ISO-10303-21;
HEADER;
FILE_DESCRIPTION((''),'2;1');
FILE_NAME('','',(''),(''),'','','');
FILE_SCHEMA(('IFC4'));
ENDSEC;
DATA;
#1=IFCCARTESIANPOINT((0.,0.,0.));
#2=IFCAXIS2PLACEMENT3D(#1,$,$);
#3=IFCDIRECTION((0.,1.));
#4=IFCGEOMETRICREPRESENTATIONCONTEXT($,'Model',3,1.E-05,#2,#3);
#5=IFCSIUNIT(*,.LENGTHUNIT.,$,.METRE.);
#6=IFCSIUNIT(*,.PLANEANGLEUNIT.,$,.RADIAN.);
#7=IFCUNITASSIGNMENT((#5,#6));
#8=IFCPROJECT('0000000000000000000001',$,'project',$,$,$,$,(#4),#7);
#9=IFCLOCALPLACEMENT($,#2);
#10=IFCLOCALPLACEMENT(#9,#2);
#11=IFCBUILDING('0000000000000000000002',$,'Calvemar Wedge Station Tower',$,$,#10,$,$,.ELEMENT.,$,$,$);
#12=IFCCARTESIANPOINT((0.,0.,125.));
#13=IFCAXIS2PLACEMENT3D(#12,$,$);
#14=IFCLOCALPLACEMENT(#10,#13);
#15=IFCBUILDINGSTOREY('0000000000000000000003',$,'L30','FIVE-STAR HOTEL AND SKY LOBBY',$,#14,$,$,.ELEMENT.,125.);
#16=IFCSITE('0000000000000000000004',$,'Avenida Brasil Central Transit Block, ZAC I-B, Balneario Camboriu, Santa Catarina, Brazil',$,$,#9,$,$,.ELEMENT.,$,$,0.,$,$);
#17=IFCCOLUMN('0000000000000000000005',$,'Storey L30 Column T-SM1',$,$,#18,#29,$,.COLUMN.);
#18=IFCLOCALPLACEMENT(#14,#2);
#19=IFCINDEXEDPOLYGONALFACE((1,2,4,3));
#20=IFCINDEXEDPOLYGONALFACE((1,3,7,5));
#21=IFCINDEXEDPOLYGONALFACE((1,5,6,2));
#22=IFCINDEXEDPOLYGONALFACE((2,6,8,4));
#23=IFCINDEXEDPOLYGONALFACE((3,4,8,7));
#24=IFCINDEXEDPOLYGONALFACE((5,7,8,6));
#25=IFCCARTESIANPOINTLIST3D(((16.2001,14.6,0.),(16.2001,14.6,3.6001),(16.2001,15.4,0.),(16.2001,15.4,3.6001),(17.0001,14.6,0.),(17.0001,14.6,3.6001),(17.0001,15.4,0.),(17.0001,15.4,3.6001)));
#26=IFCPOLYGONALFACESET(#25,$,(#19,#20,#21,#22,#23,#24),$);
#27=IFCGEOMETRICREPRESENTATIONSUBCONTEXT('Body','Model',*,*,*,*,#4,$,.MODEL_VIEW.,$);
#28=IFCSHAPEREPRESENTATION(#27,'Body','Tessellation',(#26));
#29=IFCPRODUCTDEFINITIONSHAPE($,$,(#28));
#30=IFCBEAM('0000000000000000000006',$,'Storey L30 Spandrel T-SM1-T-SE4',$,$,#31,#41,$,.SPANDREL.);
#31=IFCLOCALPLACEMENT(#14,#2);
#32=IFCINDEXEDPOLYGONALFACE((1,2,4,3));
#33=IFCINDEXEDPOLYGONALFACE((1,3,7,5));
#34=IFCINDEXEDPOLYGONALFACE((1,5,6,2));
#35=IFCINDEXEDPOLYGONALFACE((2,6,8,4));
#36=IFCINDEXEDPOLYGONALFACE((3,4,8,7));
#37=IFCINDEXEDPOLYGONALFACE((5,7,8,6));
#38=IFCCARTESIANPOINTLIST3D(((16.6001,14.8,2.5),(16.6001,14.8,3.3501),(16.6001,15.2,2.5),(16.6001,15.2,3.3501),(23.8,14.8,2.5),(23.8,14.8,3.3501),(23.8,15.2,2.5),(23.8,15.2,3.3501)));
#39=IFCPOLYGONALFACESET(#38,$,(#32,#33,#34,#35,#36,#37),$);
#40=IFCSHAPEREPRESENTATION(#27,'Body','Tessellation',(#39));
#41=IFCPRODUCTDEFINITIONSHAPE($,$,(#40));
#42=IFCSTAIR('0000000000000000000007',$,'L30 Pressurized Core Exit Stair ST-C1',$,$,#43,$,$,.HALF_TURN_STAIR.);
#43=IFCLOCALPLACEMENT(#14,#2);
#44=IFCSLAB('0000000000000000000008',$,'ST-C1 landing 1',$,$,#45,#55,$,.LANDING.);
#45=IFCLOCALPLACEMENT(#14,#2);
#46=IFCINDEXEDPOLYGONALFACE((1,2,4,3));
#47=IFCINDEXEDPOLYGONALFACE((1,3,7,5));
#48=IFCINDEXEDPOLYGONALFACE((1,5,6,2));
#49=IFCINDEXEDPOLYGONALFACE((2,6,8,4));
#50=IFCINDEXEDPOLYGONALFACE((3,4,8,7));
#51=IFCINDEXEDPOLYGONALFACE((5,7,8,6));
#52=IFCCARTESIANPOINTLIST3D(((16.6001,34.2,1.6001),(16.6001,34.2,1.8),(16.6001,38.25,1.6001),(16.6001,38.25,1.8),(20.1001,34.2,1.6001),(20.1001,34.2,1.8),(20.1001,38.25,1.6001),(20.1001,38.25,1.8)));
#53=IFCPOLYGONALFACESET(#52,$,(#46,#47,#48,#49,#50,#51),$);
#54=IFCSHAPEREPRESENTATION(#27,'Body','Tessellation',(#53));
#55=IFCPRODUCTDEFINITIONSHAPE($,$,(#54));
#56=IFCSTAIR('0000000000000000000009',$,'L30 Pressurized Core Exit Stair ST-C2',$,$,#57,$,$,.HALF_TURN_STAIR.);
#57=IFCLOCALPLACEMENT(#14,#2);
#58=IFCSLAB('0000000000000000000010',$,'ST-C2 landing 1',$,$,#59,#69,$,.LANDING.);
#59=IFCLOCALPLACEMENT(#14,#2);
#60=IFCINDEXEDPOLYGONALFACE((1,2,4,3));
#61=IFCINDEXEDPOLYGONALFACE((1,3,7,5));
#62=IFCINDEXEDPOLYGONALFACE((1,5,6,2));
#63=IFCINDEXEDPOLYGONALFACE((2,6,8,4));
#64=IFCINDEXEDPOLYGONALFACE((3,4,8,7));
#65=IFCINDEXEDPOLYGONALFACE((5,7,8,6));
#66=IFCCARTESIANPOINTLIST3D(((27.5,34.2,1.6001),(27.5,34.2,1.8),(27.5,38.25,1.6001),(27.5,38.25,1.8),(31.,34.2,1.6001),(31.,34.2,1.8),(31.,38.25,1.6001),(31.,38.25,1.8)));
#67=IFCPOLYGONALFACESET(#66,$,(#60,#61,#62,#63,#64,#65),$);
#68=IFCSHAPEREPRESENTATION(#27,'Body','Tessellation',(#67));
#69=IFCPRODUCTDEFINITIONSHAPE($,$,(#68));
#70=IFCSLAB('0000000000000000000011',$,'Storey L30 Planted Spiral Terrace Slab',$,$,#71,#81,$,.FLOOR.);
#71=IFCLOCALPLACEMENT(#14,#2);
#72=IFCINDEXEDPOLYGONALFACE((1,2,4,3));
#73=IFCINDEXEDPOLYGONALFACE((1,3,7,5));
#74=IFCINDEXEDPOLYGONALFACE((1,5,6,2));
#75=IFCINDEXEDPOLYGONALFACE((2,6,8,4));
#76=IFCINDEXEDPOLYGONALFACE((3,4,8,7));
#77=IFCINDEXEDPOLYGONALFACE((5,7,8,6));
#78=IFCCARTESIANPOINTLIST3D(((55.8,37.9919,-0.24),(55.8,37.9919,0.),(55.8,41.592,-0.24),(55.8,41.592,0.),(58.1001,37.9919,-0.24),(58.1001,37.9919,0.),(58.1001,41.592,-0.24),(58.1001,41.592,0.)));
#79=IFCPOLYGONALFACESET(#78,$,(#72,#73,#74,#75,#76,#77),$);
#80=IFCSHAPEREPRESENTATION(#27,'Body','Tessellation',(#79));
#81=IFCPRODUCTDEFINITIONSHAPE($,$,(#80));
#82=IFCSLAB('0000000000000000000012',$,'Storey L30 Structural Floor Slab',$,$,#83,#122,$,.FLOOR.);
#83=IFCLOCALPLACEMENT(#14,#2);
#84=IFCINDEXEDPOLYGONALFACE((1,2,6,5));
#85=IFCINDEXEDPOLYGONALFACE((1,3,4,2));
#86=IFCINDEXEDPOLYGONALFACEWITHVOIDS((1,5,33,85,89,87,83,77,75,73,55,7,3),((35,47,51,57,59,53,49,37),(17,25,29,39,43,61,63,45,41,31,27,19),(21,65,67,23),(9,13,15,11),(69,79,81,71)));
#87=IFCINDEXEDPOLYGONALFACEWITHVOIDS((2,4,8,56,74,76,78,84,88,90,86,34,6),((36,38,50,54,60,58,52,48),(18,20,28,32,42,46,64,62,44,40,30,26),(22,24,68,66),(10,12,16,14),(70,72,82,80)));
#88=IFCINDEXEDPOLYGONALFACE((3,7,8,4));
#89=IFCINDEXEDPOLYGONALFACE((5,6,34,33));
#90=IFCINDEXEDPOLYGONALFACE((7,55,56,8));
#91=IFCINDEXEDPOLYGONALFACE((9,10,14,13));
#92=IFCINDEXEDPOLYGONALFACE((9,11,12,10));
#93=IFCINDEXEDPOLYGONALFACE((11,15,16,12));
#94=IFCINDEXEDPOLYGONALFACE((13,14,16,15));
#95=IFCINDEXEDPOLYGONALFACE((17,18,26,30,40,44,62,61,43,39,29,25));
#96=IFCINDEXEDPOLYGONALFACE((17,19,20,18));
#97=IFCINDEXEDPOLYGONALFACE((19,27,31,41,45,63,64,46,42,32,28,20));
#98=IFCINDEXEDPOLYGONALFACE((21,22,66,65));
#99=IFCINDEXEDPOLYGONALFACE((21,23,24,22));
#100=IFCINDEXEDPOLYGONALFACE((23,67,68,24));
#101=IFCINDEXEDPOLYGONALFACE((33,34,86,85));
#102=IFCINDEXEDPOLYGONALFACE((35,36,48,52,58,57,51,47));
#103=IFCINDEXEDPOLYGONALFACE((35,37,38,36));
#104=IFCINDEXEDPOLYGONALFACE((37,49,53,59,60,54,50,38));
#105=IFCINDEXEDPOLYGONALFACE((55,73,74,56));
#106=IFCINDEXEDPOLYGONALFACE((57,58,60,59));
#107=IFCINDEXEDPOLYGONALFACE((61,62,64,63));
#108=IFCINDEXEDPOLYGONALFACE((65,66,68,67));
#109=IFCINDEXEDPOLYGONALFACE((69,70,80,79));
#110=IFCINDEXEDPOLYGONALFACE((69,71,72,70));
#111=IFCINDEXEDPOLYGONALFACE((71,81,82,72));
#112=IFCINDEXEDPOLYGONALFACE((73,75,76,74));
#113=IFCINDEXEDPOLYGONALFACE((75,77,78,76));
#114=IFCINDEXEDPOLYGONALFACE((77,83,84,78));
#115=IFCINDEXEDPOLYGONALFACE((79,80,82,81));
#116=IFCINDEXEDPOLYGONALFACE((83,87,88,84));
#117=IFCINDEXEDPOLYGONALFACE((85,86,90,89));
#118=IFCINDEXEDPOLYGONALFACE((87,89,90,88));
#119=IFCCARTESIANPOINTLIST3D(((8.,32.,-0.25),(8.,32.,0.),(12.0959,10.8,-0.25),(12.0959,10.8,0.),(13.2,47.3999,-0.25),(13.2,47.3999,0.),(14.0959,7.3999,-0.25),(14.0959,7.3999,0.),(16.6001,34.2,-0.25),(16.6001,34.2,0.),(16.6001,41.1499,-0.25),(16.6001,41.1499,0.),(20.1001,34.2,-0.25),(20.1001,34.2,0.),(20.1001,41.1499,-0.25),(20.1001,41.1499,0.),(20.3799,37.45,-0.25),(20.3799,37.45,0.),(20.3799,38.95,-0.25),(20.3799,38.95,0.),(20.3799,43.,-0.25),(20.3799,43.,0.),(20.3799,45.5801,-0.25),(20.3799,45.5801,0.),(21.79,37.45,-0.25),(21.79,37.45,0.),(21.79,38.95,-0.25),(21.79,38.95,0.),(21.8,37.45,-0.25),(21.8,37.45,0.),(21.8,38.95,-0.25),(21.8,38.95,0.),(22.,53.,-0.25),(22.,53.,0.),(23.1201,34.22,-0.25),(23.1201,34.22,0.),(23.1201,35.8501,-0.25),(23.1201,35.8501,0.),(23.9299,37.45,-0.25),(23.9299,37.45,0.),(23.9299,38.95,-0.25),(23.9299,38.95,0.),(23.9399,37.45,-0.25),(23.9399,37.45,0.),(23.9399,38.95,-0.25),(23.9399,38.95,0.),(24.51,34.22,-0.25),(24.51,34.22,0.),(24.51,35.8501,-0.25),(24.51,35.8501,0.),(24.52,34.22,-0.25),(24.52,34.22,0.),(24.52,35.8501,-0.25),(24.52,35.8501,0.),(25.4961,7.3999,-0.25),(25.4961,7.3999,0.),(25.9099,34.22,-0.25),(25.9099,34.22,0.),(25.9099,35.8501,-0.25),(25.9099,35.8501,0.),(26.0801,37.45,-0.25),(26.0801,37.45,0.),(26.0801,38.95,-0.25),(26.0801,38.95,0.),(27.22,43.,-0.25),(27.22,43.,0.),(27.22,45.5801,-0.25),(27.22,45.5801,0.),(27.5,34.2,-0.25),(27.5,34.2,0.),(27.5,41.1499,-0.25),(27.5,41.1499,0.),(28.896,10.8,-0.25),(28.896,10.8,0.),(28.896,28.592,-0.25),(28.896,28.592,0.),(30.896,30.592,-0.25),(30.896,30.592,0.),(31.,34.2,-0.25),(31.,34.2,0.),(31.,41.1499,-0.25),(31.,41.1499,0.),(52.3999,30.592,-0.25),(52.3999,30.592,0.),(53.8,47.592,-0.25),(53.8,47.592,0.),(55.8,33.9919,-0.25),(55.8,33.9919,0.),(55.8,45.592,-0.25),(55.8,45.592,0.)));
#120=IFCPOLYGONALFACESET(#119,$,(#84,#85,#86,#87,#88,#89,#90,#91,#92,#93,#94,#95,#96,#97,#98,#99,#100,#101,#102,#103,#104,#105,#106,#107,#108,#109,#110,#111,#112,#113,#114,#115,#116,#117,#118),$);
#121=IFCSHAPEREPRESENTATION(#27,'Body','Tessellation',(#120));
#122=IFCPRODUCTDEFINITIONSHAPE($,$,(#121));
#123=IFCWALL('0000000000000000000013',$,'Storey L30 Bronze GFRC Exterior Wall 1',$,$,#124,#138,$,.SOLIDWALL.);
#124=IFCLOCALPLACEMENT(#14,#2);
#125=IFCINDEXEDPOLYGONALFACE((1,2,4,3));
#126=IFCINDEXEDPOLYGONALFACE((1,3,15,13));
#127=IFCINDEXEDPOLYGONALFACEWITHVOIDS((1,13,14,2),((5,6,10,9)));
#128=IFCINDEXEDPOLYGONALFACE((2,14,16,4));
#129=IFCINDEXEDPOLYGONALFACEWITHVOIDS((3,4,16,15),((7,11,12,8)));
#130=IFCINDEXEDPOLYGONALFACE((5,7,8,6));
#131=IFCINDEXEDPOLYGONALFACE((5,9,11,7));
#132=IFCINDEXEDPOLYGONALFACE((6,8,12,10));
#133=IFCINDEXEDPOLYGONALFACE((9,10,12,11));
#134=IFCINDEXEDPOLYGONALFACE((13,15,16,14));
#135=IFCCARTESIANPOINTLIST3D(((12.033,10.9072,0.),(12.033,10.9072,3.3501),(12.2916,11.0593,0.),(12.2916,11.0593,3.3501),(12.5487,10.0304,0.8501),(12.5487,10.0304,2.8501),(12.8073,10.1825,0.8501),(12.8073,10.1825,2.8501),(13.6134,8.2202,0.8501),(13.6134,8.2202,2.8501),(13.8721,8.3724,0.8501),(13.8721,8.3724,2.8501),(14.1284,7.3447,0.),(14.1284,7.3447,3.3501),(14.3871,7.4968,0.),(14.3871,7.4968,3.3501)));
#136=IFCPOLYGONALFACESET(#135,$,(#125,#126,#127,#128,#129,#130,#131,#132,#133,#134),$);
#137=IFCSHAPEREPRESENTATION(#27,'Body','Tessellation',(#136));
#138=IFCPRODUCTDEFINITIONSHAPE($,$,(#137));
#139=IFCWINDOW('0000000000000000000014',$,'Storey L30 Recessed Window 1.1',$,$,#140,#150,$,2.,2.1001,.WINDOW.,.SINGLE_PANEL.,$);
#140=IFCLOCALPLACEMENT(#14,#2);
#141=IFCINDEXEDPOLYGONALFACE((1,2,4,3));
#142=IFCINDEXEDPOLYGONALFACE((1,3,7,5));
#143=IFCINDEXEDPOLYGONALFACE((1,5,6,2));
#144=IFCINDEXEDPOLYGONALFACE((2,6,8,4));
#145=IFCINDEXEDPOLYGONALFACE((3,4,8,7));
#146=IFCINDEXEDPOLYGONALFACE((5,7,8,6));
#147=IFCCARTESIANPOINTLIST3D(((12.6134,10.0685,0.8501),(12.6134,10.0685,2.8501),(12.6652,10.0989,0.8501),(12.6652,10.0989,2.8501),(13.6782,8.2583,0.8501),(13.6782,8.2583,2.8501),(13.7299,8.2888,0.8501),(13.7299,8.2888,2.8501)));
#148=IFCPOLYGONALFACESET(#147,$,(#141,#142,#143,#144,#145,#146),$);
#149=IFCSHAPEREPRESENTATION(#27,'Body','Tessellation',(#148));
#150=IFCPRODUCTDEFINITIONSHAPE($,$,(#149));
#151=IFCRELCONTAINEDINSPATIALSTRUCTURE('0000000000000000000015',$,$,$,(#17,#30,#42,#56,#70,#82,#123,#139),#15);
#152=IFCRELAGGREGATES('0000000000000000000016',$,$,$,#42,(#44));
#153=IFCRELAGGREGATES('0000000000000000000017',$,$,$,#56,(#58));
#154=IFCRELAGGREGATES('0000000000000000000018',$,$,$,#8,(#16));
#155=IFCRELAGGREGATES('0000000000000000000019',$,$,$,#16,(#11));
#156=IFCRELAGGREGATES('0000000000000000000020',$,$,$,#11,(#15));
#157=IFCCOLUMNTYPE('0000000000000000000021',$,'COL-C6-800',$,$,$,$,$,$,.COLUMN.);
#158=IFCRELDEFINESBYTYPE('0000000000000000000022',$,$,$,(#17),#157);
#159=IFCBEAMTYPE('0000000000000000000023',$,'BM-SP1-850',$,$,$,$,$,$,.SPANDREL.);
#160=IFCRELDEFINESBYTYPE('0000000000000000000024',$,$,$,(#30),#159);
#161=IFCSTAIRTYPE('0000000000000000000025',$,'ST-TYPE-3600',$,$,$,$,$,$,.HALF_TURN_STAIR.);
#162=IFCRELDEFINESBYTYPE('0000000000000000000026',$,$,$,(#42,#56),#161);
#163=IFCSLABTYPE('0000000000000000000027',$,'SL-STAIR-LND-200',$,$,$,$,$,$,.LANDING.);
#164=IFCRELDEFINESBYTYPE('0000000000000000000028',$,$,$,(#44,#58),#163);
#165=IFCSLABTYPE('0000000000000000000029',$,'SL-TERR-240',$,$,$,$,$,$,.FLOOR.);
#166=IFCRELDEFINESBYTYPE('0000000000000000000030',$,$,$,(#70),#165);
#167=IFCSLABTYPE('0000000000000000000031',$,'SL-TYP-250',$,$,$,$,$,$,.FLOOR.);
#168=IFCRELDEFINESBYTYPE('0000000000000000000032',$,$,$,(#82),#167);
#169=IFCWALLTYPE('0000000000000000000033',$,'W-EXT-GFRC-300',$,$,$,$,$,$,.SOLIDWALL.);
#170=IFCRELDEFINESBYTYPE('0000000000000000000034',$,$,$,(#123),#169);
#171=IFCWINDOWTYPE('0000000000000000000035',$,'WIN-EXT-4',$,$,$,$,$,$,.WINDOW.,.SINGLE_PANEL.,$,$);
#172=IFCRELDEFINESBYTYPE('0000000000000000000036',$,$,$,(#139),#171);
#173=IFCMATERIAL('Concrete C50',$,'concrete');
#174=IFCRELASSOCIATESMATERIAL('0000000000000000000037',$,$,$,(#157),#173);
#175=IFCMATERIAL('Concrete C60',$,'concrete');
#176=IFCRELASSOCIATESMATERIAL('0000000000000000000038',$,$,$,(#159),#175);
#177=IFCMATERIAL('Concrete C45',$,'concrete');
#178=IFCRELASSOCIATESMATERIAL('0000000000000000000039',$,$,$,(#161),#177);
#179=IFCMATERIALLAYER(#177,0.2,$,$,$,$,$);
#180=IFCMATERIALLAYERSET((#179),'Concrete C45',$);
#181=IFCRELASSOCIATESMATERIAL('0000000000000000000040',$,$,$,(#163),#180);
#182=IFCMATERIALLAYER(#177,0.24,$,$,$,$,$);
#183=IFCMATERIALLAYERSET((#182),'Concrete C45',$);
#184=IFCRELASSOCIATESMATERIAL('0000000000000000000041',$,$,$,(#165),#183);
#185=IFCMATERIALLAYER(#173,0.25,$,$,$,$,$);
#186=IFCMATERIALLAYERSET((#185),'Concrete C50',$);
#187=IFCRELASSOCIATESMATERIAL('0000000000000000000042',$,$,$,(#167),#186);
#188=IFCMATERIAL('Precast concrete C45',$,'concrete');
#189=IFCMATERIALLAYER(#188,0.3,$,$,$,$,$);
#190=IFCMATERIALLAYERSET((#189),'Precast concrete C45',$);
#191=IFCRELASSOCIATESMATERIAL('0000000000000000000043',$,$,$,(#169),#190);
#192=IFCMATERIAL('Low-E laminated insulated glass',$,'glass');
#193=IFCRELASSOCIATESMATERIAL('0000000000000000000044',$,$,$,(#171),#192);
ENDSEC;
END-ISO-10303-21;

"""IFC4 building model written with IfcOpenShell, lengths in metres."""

from ifc_helpers import new_model, si_unit, direction, frame, frame_2d, origin, origin_2d, place, context, subcontext, project, spatial, polyline, rectangle, outline, extrude, source, transform, mapped, material, layer, layer_set, material_profile, profile_set, type_object, element, fill, aggregate, save


model = new_model("IFC4")

# Units and contexts
model_context = context("Model", 3, precision=1e-05, world=origin(), true_north=direction((0.0, 1.0)))
body_context = subcontext(model_context, "Body", "Model", "MODEL_VIEW")
ifc_project = project(units=[si_unit("LENGTHUNIT", "METRE"), si_unit("PLANEANGLEUNIT", "RADIAN")], contexts=[model_context])

# Site, building, storey
site_placement = place(None, origin())
site = spatial("IfcSite", under=ifc_project, at=site_placement, Name="Avenida Brasil Central Transit Block, ZAC I-B, Balneario Camboriu, Santa Catarina, Brazil", CompositionType="ELEMENT", RefElevation=0.0)
building_placement = place(site_placement, origin())
building = spatial("IfcBuilding", under=site, at=building_placement, Name="Calvemar Wedge Station Tower", CompositionType="ELEMENT")
storey_placement = place(building_placement, frame((0.0, 0.0, 125.0)))
storey = spatial("IfcBuildingStorey", under=building, at=storey_placement, Name="L30", Description="FIVE-STAR HOTEL AND SKY LOBBY", CompositionType="ELEMENT", Elevation=125.0)

# Column
ifc_material_1 = material(Name="Concrete C50", Category="concrete")
ifc_material_profile_1 = material_profile(ifc_material_1, rectangle(XDim=0.8, YDim=0.8, at=origin_2d()), Name="RC800x800")
ifc_profile_set_1 = profile_set([ifc_material_profile_1], Name="Concrete C50")
column_type = type_object("IfcColumnType", Name="COL-C6-800", PredefinedType="COLUMN", material=ifc_profile_set_1)
shared_shape_1 = source(origin(), body_context, "Body", "SweptSolid", [
    extrude(rectangle(XDim=0.8, YDim=0.8, at=origin_2d()), origin(), (0.0, 0.0, 1.0), 3.6001),
])
column_placement = place(storey_placement, frame((16.6001, 15.0, 0.0), z_axis=(0.0, 0.0, 1.0), x_axis=(1.0, 0.0, 0.0)))
element("IfcColumn", 1, at=column_placement, inside=storey, type_object=column_type, Name="Storey L30 Column T-SM1", PredefinedType="COLUMN", context=body_context, shape_type="MappedRepresentation", body=[
    mapped(shared_shape_1, transform((0.0, 0.0, 0.0), scale=1.0)),
])

# Beam
ifc_material_2 = material(Name="Concrete C60", Category="concrete")
ifc_material_profile_2 = material_profile(ifc_material_2, rectangle(XDim=0.3999, YDim=0.8501, at=origin_2d()), Name="RC400x850")
ifc_profile_set_2 = profile_set([ifc_material_profile_2], Name="Concrete C60")
beam_type = type_object("IfcBeamType", Name="BM-SP1-850", PredefinedType="SPANDREL", material=ifc_profile_set_2)
shared_shape_2 = source(origin(), body_context, "Body", "SweptSolid", [
    extrude(rectangle(XDim=0.3999, YDim=0.8501, at=origin_2d()), origin(), (0.0, 0.0, 1.0), 7.2),
])
beam_placement = place(storey_placement, frame((16.6001, 15.0, 2.925), z_axis=(1.0, 0.0, 0.0), x_axis=(0.0, 1.0, 0.0)))
element("IfcBeam", 2, at=beam_placement, inside=storey, type_object=beam_type, Name="Storey L30 Spandrel T-SM1-T-SE4", PredefinedType="SPANDREL", context=body_context, shape_type="MappedRepresentation", body=[
    mapped(shared_shape_2, transform((0.0, 0.0, 0.0), scale=1.0)),
])

# Stairs, slabs
ifc_material_3 = material(Name="Concrete C45", Category="concrete")
stair_type = type_object("IfcStairType", Name="ST-TYPE-3600", PredefinedType="HALF_TURN_STAIR", material=ifc_material_3)
stair_1_placement = place(storey_placement, origin())
stair_1 = element("IfcStair", 3, at=stair_1_placement, inside=storey, type_object=stair_type, Name="L30 Pressurized Core Exit Stair ST-C1", PredefinedType="HALF_TURN_STAIR")
ifc_layer_1 = layer(ifc_material_3, 0.2)
ifc_layer_set_1 = layer_set([ifc_layer_1], Name="Concrete C45")
slab_type_1 = type_object("IfcSlabType", Name="SL-STAIR-LND-200", PredefinedType="LANDING", material=ifc_layer_set_1)
slab_1_placement = place(storey_placement, frame((0.0, 0.0, 1.6001)))
slab_1 = element("IfcSlab", 4, at=slab_1_placement, type_object=slab_type_1, Name="ST-C1 landing 1", PredefinedType="LANDING", context=body_context, shape_type="SweptSolid", body=[
    extrude(outline(polyline([(16.6001, 38.25), (16.6001, 34.2), (20.1001, 34.2), (20.1001, 38.25), (16.6001, 38.25)])), origin(), (0.0, 0.0, 1.0), 0.2),
])
aggregate(stair_1, [slab_1])
stair_2_placement = place(storey_placement, origin())
stair_2 = element("IfcStair", 5, at=stair_2_placement, inside=storey, type_object=stair_type, Name="L30 Pressurized Core Exit Stair ST-C2", PredefinedType="HALF_TURN_STAIR")
slab_2_placement = place(storey_placement, frame((0.0, 0.0, 1.6001)))
slab_2 = element("IfcSlab", 6, at=slab_2_placement, type_object=slab_type_1, Name="ST-C2 landing 1", PredefinedType="LANDING", context=body_context, shape_type="SweptSolid", body=[
    extrude(outline(polyline([(27.5, 38.25), (27.5, 34.2), (31.0, 34.2), (31.0, 38.25), (27.5, 38.25)])), origin(), (0.0, 0.0, 1.0), 0.2),
])
aggregate(stair_2, [slab_2])

# Slabs
ifc_layer_2 = layer(ifc_material_3, 0.24)
ifc_layer_set_2 = layer_set([ifc_layer_2], Name="Concrete C45")
slab_type_2 = type_object("IfcSlabType", Name="SL-TERR-240", PredefinedType="FLOOR", material=ifc_layer_set_2)
slab_3_placement = place(storey_placement, frame((0.0, 0.0, -0.24)))
element("IfcSlab", 7, at=slab_3_placement, inside=storey, type_object=slab_type_2, Name="Storey L30 Planted Spiral Terrace Slab", PredefinedType="FLOOR", context=body_context, shape_type="SweptSolid", body=[
    extrude(outline(polyline([(55.8, 37.9919), (58.1001, 37.9919), (58.1001, 41.592), (55.8, 41.592), (55.8, 37.9919)])), origin(), (0.0, 0.0, 1.0), 0.24),
])
ifc_layer_3 = layer(ifc_material_1, 0.25)
ifc_layer_set_3 = layer_set([ifc_layer_3], Name="Concrete C50")
slab_type_3 = type_object("IfcSlabType", Name="SL-TYP-250", PredefinedType="FLOOR", material=ifc_layer_set_3)
slab_4_placement = place(storey_placement, frame((0.0, 0.0, -0.25)))
element("IfcSlab", 8, at=slab_4_placement, inside=storey, type_object=slab_type_3, Name="Storey L30 Structural Floor Slab", PredefinedType="FLOOR", context=body_context, shape_type="SweptSolid", body=[
    extrude(outline(polyline([(8.0, 32.0), (12.0959, 10.8), (14.0959, 7.3999), (25.4961, 7.3999), (28.896, 10.8), (28.896, 28.592), (30.896, 30.592), (52.3999, 30.592), (55.8, 33.9919), (55.8, 45.592), (53.8, 47.592), (22.0, 53.0), (13.2, 47.3999), (8.0, 32.0)]), holes=[polyline([(24.52, 35.8501), (24.51, 35.8501), (23.1201, 35.8501), (23.1201, 34.22), (24.51, 34.22), (24.52, 34.22), (25.9099, 34.22), (25.9099, 35.8501), (24.52, 35.8501)]), polyline([(16.6001, 34.2), (20.1001, 34.2), (20.1001, 41.1499), (16.6001, 41.1499), (16.6001, 34.2)]), polyline([(27.5, 34.2), (31.0, 34.2), (31.0, 41.1499), (27.5, 41.1499), (27.5, 34.2)]), polyline([(21.8, 38.95), (21.79, 38.95), (20.3799, 38.95), (20.3799, 37.45), (21.79, 37.45), (21.8, 37.45), (23.9299, 37.45), (23.9399, 37.45), (26.0801, 37.45), (26.0801, 38.95), (23.9399, 38.95), (23.9299, 38.95), (21.8, 38.95)]), polyline([(27.22, 43.0), (27.22, 45.5801), (20.3799, 45.5801), (20.3799, 43.0), (27.22, 43.0)])]), origin(), (0.0, 0.0, 1.0), 0.25),
])

# Wall, opening, window
ifc_material_4 = material(Name="Precast concrete C45", Category="concrete")
ifc_layer_4 = layer(ifc_material_4, 0.3)
ifc_layer_set_4 = layer_set([ifc_layer_4], Name="Precast concrete C45")
wall_type_1 = type_object("IfcWallType", Name="W-EXT-GFRC-300", PredefinedType="SOLIDWALL", material=ifc_layer_set_4)
wall_1_placement = place(storey_placement, frame((12.1624, 10.9832, 0.0), z_axis=(0.0, 0.0, 1.0), x_axis=(0.506997, -0.861948, 0.0)))
wall_1 = element("IfcWall", 9, at=wall_1_placement, inside=storey, type_object=wall_type_1, Name="Storey L30 Bronze GFRC Exterior Wall 1", PredefinedType="SOLIDWALL", context=body_context, shape_type="SweptSolid", body=[
    extrude(rectangle(XDim=4.1331, YDim=0.3, at=frame_2d((2.0664, 0.0))), origin(), (0.0, 0.0, 1.0), 3.3501),
])
shared_shape_3 = source(origin(), body_context, "Body", "SweptSolid", [
    extrude(rectangle(XDim=2.1001, YDim=2.0, at=frame_2d((1.05, 1.0))), frame((0.0, 0.1602, 0.0), z_axis=(0.0, -1.0, 0.0), x_axis=(1.0, 0.0, 0.0)), (0.0, 0.0, 1.0), 0.3201),
])
opening_1_placement = place(wall_1_placement, frame((1.0171, 0.0, 0.8501)))
opening_1 = element("IfcOpeningElement", 10, at=opening_1_placement, cuts=wall_1, PredefinedType="OPENING", context=body_context, shape_type="MappedRepresentation", body=[
    mapped(shared_shape_3, transform((0.0, 0.0, 0.0), scale=1.0)),
])
ifc_material_5 = material(Name="Low-E laminated insulated glass", Category="glass")
window_type_1 = type_object("IfcWindowType", Name="WIN-EXT-4", PartitioningType="SINGLE_PANEL", PredefinedType="WINDOW", material=ifc_material_5)
shared_shape_4 = source(origin(), body_context, "Body", "SweptSolid", [
    extrude(rectangle(XDim=2.1001, YDim=2.0, at=frame_2d((1.05, 1.0))), frame((0.0, -0.0149, 0.0), z_axis=(0.0, -1.0, 0.0), x_axis=(1.0, 0.0, 0.0)), (0.0, 0.0, 1.0), 0.0601),
])
window_1_placement = place(opening_1_placement, origin())
window_1 = element("IfcWindow", 11, at=window_1_placement, inside=storey, type_object=window_type_1, Name="Storey L30 Recessed Window 1.1", OverallHeight=2.0, OverallWidth=2.1001, PartitioningType="SINGLE_PANEL", PredefinedType="WINDOW", context=body_context, shape_type="MappedRepresentation", body=[
    mapped(shared_shape_4, transform((0.0, 0.0, 0.0), scale=1.0)),
])
fill(opening_1, window_1)

save(model, "model.ifc")
